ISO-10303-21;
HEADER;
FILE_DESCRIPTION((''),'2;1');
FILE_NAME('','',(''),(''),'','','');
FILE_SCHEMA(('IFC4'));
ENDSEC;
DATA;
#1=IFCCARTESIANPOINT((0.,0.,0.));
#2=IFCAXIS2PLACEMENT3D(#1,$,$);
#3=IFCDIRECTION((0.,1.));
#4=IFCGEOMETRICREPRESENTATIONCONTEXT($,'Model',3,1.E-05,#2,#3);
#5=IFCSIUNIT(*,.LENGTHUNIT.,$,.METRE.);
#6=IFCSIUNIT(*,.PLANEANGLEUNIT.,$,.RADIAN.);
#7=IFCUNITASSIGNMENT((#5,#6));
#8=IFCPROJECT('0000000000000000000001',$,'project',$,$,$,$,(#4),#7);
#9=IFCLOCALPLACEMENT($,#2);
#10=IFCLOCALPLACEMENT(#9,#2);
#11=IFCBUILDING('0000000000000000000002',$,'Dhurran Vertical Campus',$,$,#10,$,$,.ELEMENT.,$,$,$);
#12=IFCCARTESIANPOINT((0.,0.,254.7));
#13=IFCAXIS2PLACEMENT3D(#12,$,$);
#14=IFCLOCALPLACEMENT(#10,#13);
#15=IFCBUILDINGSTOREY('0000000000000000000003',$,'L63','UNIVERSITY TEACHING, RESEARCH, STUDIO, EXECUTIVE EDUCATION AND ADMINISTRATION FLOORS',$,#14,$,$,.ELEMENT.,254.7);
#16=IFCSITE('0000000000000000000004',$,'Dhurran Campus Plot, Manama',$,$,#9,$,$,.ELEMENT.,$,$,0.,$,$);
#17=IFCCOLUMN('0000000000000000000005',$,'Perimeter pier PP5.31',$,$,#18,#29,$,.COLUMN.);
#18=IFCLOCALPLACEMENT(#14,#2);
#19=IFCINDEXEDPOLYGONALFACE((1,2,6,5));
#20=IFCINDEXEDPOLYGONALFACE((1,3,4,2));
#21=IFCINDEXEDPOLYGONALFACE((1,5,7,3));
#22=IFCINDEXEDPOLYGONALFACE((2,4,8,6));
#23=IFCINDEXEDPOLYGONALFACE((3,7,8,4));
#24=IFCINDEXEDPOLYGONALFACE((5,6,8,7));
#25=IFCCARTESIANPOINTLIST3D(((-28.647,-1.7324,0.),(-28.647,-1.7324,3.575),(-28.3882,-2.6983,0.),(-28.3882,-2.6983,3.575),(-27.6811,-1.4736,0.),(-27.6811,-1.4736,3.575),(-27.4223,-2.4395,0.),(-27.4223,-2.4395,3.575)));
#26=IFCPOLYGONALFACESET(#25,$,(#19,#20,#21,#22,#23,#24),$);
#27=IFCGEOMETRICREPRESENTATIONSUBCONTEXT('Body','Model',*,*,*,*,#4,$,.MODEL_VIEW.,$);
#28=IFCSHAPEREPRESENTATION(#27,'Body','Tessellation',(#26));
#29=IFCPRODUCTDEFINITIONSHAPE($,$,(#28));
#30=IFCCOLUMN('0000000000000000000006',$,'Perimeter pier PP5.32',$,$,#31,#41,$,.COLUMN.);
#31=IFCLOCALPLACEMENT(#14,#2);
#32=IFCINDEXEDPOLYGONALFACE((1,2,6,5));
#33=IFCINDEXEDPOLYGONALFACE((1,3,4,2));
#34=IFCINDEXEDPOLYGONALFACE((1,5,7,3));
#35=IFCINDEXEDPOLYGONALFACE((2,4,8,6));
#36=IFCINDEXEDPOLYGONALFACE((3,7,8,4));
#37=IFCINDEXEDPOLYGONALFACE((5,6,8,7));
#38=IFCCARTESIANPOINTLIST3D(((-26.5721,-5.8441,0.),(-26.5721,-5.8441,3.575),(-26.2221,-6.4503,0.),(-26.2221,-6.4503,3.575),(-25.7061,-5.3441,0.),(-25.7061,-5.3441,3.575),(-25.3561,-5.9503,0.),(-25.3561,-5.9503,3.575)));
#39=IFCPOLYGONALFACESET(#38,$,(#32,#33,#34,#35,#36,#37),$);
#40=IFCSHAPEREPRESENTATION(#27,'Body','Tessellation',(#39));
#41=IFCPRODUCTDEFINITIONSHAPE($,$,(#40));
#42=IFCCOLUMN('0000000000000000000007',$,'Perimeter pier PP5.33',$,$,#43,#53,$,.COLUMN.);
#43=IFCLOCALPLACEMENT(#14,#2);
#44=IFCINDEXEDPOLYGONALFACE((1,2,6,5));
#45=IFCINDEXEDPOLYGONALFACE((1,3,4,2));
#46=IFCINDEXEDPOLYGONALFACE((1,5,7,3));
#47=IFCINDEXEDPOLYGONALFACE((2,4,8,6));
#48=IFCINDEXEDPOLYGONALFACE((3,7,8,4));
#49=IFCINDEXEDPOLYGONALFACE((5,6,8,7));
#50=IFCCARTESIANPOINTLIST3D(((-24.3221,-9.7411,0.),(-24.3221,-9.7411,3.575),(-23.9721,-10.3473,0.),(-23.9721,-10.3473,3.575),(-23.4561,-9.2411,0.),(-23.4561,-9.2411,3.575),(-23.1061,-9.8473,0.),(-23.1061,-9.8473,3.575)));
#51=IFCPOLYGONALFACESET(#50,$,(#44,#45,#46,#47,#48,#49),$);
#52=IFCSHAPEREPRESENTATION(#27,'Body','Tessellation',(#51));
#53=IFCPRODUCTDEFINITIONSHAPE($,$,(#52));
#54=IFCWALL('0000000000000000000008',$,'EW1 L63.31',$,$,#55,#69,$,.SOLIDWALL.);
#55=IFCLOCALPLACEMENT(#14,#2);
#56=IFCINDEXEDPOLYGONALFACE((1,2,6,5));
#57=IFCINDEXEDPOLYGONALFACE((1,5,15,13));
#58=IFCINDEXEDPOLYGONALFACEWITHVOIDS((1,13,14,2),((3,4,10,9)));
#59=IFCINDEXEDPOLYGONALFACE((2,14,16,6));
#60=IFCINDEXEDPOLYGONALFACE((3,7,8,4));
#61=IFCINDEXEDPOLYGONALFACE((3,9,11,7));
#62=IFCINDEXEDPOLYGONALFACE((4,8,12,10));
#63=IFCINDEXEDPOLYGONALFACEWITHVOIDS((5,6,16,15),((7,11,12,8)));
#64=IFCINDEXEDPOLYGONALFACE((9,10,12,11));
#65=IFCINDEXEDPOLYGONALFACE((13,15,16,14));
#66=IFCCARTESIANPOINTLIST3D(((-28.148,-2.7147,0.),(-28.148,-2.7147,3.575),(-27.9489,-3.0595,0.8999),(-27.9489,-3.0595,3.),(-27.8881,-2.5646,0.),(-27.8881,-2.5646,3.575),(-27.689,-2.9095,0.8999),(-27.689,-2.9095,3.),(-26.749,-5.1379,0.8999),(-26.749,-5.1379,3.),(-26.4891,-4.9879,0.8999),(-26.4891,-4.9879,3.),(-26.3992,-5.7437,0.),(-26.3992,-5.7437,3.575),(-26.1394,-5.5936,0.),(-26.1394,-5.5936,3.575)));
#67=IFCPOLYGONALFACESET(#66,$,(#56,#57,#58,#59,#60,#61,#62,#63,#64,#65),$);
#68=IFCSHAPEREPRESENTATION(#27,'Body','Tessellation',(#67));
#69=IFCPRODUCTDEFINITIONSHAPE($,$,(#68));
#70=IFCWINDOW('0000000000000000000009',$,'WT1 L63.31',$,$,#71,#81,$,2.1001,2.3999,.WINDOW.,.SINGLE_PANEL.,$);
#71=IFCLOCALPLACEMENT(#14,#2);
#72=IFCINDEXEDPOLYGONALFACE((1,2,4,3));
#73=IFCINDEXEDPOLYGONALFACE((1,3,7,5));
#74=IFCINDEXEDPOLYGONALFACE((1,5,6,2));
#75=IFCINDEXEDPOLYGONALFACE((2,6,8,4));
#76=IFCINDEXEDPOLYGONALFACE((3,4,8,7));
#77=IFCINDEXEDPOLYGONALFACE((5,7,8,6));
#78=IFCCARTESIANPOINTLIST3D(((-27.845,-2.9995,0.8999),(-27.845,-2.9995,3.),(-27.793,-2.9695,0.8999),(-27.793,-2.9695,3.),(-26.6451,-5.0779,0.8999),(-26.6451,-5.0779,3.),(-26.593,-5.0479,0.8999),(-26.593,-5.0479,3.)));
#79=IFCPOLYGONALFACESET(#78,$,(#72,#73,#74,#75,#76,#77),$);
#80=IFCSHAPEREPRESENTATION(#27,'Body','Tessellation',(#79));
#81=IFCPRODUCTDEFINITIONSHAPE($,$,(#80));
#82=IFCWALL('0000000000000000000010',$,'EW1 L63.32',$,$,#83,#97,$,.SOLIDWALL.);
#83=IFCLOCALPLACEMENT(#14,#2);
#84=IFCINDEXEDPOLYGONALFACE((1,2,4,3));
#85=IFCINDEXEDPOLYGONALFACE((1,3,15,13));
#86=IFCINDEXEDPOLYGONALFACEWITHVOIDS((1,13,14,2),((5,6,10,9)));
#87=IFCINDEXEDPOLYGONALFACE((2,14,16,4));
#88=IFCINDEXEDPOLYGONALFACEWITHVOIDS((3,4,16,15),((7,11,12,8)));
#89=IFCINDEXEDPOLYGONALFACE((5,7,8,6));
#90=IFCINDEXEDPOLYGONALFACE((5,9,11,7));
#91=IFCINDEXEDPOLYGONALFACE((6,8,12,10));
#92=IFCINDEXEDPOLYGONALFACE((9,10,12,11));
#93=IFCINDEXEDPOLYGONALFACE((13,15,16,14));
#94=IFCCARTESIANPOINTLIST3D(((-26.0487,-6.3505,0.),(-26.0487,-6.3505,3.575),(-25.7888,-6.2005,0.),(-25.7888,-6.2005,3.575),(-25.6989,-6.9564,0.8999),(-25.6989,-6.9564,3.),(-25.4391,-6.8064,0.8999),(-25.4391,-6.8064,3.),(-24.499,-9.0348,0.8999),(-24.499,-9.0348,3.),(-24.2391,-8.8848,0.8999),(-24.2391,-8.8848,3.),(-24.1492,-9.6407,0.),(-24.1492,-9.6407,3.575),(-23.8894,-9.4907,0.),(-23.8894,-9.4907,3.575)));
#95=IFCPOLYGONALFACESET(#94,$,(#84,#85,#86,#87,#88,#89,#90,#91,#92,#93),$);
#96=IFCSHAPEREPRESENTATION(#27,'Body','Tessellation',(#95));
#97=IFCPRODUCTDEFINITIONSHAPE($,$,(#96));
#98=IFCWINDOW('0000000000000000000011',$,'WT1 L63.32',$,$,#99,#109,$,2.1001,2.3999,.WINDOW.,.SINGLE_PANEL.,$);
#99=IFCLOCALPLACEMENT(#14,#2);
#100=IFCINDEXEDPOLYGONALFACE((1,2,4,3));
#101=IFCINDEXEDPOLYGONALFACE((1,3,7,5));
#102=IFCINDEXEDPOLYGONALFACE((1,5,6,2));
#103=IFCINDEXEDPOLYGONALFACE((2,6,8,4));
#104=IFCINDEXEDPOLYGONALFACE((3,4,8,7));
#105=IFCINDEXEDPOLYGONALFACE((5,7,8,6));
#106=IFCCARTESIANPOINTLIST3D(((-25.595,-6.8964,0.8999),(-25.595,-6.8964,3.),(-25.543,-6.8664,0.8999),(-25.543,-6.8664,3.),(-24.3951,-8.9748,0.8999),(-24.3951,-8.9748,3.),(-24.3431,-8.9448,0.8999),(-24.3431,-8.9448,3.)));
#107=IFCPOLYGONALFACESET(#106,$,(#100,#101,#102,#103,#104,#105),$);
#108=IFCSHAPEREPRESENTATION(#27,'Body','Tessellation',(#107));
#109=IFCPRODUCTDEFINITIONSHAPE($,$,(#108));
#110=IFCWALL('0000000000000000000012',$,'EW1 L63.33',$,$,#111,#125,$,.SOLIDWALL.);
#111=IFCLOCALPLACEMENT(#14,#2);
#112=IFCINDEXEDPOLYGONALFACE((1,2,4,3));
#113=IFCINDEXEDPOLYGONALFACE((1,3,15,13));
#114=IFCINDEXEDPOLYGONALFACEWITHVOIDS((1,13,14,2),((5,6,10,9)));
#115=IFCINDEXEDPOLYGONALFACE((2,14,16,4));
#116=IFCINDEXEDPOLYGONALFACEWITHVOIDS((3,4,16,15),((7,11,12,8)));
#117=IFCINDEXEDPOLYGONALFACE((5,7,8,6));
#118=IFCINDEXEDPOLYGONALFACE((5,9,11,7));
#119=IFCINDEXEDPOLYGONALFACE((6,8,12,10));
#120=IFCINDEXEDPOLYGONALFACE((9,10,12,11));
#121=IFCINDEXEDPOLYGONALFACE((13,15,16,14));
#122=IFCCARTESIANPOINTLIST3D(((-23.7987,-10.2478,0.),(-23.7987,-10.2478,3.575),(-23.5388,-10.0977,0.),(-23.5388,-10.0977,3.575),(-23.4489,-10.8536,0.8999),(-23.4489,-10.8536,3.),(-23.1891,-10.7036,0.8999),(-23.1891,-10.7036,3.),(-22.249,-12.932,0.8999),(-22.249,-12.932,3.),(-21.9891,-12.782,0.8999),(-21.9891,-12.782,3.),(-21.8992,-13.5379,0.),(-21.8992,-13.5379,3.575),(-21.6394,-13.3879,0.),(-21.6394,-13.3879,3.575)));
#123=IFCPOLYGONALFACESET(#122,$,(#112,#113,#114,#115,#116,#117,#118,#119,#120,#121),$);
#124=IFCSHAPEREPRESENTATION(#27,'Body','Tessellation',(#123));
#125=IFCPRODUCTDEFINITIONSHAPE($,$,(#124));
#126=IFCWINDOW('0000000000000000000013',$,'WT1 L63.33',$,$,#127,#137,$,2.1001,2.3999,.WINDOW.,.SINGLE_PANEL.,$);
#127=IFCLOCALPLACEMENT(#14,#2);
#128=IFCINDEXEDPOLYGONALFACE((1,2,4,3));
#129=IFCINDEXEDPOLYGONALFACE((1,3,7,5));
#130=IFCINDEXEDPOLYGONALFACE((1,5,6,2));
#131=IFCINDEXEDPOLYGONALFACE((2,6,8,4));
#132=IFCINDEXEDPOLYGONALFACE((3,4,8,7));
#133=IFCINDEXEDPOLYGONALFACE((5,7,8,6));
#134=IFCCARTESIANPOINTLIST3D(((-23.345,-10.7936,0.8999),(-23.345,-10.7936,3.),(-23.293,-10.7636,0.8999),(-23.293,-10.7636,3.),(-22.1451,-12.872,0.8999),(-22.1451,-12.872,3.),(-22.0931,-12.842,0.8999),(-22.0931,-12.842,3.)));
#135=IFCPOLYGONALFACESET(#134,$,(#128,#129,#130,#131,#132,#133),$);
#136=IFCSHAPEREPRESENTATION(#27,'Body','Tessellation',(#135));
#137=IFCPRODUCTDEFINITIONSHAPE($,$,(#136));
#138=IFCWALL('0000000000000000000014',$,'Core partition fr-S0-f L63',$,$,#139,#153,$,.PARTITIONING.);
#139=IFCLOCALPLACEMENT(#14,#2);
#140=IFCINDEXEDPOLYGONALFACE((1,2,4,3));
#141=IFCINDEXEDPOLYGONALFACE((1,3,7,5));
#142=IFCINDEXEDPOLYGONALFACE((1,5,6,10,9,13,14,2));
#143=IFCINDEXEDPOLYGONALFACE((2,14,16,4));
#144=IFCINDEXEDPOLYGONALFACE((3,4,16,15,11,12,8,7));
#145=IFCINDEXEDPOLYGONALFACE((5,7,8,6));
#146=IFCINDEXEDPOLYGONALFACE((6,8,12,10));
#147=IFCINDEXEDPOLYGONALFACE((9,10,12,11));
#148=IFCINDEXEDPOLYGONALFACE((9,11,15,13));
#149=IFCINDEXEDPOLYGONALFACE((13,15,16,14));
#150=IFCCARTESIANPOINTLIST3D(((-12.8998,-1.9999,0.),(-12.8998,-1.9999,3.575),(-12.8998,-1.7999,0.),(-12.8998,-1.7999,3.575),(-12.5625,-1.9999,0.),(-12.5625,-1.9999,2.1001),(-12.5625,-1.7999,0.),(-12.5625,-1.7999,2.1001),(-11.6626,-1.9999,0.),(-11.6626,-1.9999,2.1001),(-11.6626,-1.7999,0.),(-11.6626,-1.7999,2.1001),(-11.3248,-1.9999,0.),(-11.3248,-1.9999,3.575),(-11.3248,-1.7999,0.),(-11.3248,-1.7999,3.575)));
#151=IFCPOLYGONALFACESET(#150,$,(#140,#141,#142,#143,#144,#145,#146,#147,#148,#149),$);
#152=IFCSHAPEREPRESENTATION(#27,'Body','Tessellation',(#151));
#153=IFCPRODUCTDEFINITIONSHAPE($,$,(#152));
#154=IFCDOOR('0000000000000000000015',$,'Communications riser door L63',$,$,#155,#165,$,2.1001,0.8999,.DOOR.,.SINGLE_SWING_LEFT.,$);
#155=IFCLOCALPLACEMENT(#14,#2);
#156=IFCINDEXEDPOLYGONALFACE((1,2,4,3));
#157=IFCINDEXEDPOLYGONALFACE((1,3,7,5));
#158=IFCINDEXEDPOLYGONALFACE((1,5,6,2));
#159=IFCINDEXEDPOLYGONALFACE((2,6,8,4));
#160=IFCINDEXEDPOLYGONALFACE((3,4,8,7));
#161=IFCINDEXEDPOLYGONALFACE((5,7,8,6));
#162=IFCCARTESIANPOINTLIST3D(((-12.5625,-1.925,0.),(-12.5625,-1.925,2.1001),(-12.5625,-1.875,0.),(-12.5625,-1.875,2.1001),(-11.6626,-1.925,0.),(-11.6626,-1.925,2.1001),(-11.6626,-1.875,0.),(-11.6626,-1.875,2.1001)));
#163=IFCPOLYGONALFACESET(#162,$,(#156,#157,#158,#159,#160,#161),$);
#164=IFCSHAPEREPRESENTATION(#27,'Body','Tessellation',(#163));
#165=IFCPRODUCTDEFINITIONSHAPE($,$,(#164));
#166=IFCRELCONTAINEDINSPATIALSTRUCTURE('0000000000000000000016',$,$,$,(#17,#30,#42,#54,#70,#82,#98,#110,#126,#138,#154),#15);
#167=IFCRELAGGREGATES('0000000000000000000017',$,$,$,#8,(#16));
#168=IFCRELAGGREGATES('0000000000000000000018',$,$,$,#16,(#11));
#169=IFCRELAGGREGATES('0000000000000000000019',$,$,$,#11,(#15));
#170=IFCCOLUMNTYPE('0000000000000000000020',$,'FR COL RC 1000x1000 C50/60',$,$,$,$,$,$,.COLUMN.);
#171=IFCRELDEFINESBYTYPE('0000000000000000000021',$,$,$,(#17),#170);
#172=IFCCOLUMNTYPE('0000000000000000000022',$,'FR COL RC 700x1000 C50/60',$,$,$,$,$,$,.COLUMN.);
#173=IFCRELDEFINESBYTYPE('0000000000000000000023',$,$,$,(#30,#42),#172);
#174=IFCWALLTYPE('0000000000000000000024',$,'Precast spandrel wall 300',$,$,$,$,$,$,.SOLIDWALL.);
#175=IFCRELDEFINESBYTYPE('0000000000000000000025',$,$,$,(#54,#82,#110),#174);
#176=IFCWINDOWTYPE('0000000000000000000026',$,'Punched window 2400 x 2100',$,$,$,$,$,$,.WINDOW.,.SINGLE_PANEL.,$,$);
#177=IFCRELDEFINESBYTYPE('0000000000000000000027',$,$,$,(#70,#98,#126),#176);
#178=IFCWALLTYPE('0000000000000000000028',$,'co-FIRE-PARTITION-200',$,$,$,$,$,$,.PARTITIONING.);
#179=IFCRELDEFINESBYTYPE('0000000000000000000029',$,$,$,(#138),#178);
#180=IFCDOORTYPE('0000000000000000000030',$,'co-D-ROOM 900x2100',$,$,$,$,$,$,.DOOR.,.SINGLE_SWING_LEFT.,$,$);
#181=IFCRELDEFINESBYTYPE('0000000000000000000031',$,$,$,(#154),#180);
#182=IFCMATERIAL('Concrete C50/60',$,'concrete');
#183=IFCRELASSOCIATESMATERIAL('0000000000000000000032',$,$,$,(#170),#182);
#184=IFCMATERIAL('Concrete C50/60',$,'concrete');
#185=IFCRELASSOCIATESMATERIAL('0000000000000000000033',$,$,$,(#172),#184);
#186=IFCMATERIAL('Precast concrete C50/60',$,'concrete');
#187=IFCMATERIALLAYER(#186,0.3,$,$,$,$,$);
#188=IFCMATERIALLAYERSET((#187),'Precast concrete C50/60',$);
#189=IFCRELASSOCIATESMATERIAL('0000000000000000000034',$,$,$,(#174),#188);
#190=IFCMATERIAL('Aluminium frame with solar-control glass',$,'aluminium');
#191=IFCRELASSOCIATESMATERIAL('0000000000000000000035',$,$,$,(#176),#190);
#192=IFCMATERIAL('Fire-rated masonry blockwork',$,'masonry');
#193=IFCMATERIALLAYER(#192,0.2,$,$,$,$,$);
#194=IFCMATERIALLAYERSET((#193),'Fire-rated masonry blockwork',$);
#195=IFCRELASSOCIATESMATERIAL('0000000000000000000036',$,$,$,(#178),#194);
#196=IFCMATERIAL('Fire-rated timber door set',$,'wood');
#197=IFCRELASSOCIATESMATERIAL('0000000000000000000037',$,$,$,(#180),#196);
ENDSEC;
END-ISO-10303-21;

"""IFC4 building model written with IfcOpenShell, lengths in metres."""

from ifc_helpers import new_model, si_unit, direction, frame, frame_2d, origin, origin_2d, place, context, subcontext, project, spatial, rectangle, extrude, material, layer, layer_set, material_profile, profile_set, type_object, element, fill, save


model = new_model("IFC4")

# Units and contexts
model_context = context("Model", 3, precision=1e-05, world=origin(), true_north=direction((0.0, 1.0)))
body_context = subcontext(model_context, "Body", "Model", "MODEL_VIEW")
ifc_project = project(units=[si_unit("LENGTHUNIT", "METRE"), si_unit("PLANEANGLEUNIT", "RADIAN")], contexts=[model_context])

# Site, building, storey
site_placement = place(None, origin())
site = spatial("IfcSite", under=ifc_project, at=site_placement, Name="Dhurran Campus Plot, Manama", CompositionType="ELEMENT", RefElevation=0.0)
building_placement = place(site_placement, origin())
building = spatial("IfcBuilding", under=site, at=building_placement, Name="Dhurran Vertical Campus", CompositionType="ELEMENT")
storey_placement = place(building_placement, frame((0.0, 0.0, 254.7)))
storey = spatial("IfcBuildingStorey", under=building, at=storey_placement, Name="L63", Description="UNIVERSITY TEACHING, RESEARCH, STUDIO, EXECUTIVE EDUCATION AND ADMINISTRATION FLOORS", CompositionType="ELEMENT", Elevation=254.7)

# Columns
ifc_material_1 = material(Name="Concrete C50/60", Category="concrete")
ifc_material_profile_1 = material_profile(ifc_material_1, rectangle(XDim=1.0, YDim=1.0, at=origin_2d()), Name="RC 1000x1000")
ifc_profile_set_1 = profile_set([ifc_material_profile_1], Name="Concrete C50/60")
column_type_1 = type_object("IfcColumnType", Name="FR COL RC 1000x1000 C50/60", PredefinedType="COLUMN", material=ifc_profile_set_1)
column_placement = place(storey_placement, frame((-28.0347, -2.0859, 0.0), z_axis=(0.0, 0.0, 1.0), x_axis=(0.258819, -0.965926, 0.0)))
element("IfcColumn", 1, at=column_placement, inside=storey, type_object=column_type_1, Name="Perimeter pier PP5.31", PredefinedType="COLUMN", context=body_context, shape_type="SweptSolid", body=[
    extrude(rectangle(XDim=1.0, YDim=1.0, at=origin_2d()), origin(), (0.0, 0.0, 1.0), 3.575),
])
ifc_material_2 = material(Name="Concrete C50/60", Category="concrete")
ifc_material_profile_2 = material_profile(ifc_material_2, rectangle(XDim=0.7, YDim=1.0, at=origin_2d()), Name="RC 700x1000")
ifc_profile_set_2 = profile_set([ifc_material_profile_2], Name="Concrete C50/60")
column_type_2 = type_object("IfcColumnType", Name="FR COL RC 700x1000 C50/60", PredefinedType="COLUMN", material=ifc_profile_set_2)
for number, where, z_axis, x_axis, name in (
    (2, (-25.9641, -5.8972, 0.0), (0.0, 0.0, 1.0), (0.5, -0.866025, 0.0), "Perimeter pier PP5.32"),
    (3, (-23.7141, -9.7942, 0.0), (0.0, 0.0, 1.0), (0.5, -0.866025, 0.0), "Perimeter pier PP5.33"),
):
    element("IfcColumn", number, at=place(storey_placement, frame(where, z_axis=z_axis, x_axis=x_axis)), inside=storey, type_object=column_type_2, Name=name, PredefinedType="COLUMN", context=body_context, shape_type="SweptSolid", body=[
        extrude(rectangle(XDim=0.7, YDim=1.0, at=origin_2d()), origin(), (0.0, 0.0, 1.0), 3.575),
    ])

# Walls, openings, windows
ifc_material_3 = material(Name="Precast concrete C50/60", Category="concrete")
ifc_layer_1 = layer(ifc_material_3, 0.3)
ifc_layer_set_1 = layer_set([ifc_layer_1], Name="Precast concrete C50/60")
wall_type_1 = type_object("IfcWallType", Name="Precast spandrel wall 300", PredefinedType="SOLIDWALL", material=ifc_layer_set_1)
wall_1_placement = place(storey_placement, frame((-28.0181, -2.6396, 0.0), z_axis=(0.0, 0.0, 1.0), x_axis=(0.49999, -0.866031, 0.0)))
wall_1 = element("IfcWall", 4, at=wall_1_placement, inside=storey, type_object=wall_type_1, Name="EW1 L63.31", PredefinedType="SOLIDWALL", context=body_context, shape_type="SweptSolid", body=[
    extrude(rectangle(XDim=3.4976, YDim=0.3, at=frame_2d((1.7488, 0.0))), origin(), (0.0, 0.0, 1.0), 3.575),
])
opening_1_placement = place(wall_1_placement, frame((0.3982, 0.0, 0.8999)))
opening_1 = element("IfcOpeningElement", 5, at=opening_1_placement, cuts=wall_1, PredefinedType="OPENING", context=body_context, shape_type="SweptSolid", body=[
    extrude(rectangle(XDim=2.3999, YDim=2.1001, at=frame_2d((1.2, 1.05))), frame((0.0, 0.1599, 0.0), z_axis=(0.0, -1.0, 0.0), x_axis=(1.0, 0.0, 0.0)), (0.0, 0.0, 1.0), 0.3201),
])
ifc_material_4 = material(Name="Aluminium frame with solar-control glass", Category="aluminium")
window_type = type_object("IfcWindowType", Name="Punched window 2400 x 2100", PartitioningType="SINGLE_PANEL", PredefinedType="WINDOW", material=ifc_material_4)
window_1_placement = place(opening_1_placement, origin())
window_1 = element("IfcWindow", 6, at=window_1_placement, inside=storey, type_object=window_type, Name="WT1 L63.31", OverallHeight=2.1001, OverallWidth=2.3999, PartitioningType="SINGLE_PANEL", PredefinedType="WINDOW", context=body_context, shape_type="SweptSolid", body=[
    extrude(rectangle(XDim=2.3999, YDim=2.1001, at=frame_2d((1.2, 1.05))), frame((0.0, 0.03, 0.0), z_axis=(0.0, -1.0, 0.0), x_axis=(1.0, 0.0, 0.0)), (0.0, 0.0, 1.0), 0.0601),
])
fill(opening_1, window_1)
wall_2_placement = place(storey_placement, frame((-25.9187, -6.2756, 0.0), z_axis=(0.0, 0.0, 1.0), x_axis=(0.499982, -0.866036, 0.0)))
wall_2 = element("IfcWall", 7, at=wall_2_placement, inside=storey, type_object=wall_type_1, Name="EW1 L63.32", PredefinedType="SOLIDWALL", context=body_context, shape_type="SweptSolid", body=[
    extrude(rectangle(XDim=3.7991, YDim=0.3, at=frame_2d((1.8994, 0.0))), origin(), (0.0, 0.0, 1.0), 3.575),
])
opening_2_placement = place(wall_2_placement, frame((0.6995, 0.0, 0.8999)))
opening_2 = element("IfcOpeningElement", 8, at=opening_2_placement, cuts=wall_2, PredefinedType="OPENING", context=body_context, shape_type="SweptSolid", body=[
    extrude(rectangle(XDim=2.3999, YDim=2.1001, at=frame_2d((1.2, 1.05))), frame((0.0, 0.1599, 0.0), z_axis=(0.0, -1.0, 0.0), x_axis=(1.0, 0.0, 0.0)), (0.0, 0.0, 1.0), 0.3201),
])
window_2_placement = place(opening_2_placement, origin())
window_2 = element("IfcWindow", 9, at=window_2_placement, inside=storey, type_object=window_type, Name="WT1 L63.32", OverallHeight=2.1001, OverallWidth=2.3999, PartitioningType="SINGLE_PANEL", PredefinedType="WINDOW", context=body_context, shape_type="SweptSolid", body=[
    extrude(rectangle(XDim=2.3999, YDim=2.1001, at=frame_2d((1.2, 1.05))), frame((0.0, 0.03, 0.0), z_axis=(0.0, -1.0, 0.0), x_axis=(1.0, 0.0, 0.0)), (0.0, 0.0, 1.0), 0.0601),
])
fill(opening_2, window_2)
wall_3_placement = place(storey_placement, frame((-23.6687, -10.1729, 0.0), z_axis=(0.0, 0.0, 1.0), x_axis=(0.499982, -0.866036, 0.0)))
wall_3 = element("IfcWall", 10, at=wall_3_placement, inside=storey, type_object=wall_type_1, Name="EW1 L63.33", PredefinedType="SOLIDWALL", context=body_context, shape_type="SweptSolid", body=[
    extrude(rectangle(XDim=3.7991, YDim=0.3, at=frame_2d((1.8994, 0.0))), origin(), (0.0, 0.0, 1.0), 3.575),
])
opening_3_placement = place(wall_3_placement, frame((0.6995, 0.0, 0.8999)))
opening_3 = element("IfcOpeningElement", 11, at=opening_3_placement, cuts=wall_3, PredefinedType="OPENING", context=body_context, shape_type="SweptSolid", body=[
    extrude(rectangle(XDim=2.3999, YDim=2.1001, at=frame_2d((1.2, 1.05))), frame((0.0, 0.1599, 0.0), z_axis=(0.0, -1.0, 0.0), x_axis=(1.0, 0.0, 0.0)), (0.0, 0.0, 1.0), 0.3201),
])
window_3_placement = place(opening_3_placement, origin())
window_3 = element("IfcWindow", 12, at=window_3_placement, inside=storey, type_object=window_type, Name="WT1 L63.33", OverallHeight=2.1001, OverallWidth=2.3999, PartitioningType="SINGLE_PANEL", PredefinedType="WINDOW", context=body_context, shape_type="SweptSolid", body=[
    extrude(rectangle(XDim=2.3999, YDim=2.1001, at=frame_2d((1.2, 1.05))), frame((0.0, 0.03, 0.0), z_axis=(0.0, -1.0, 0.0), x_axis=(1.0, 0.0, 0.0)), (0.0, 0.0, 1.0), 0.0601),
])
fill(opening_3, window_3)

# Wall, opening, door
ifc_material_5 = material(Name="Fire-rated masonry blockwork", Category="masonry")
ifc_layer_2 = layer(ifc_material_5, 0.2)
ifc_layer_set_2 = layer_set([ifc_layer_2], Name="Fire-rated masonry blockwork")
wall_type_2 = type_object("IfcWallType", Name="co-FIRE-PARTITION-200", PredefinedType="PARTITIONING", material=ifc_layer_set_2)
wall_4_placement = place(storey_placement, frame((-12.8999, -1.8999, 0.0), z_axis=(0.0, 0.0, 1.0), x_axis=(1.0, 0.0, 0.0)))
wall_4 = element("IfcWall", 13, at=wall_4_placement, inside=storey, type_object=wall_type_2, Name="Core partition fr-S0-f L63", PredefinedType="PARTITIONING", context=body_context, shape_type="SweptSolid", body=[
    extrude(rectangle(XDim=1.575, YDim=0.2, at=frame_2d((0.7876, 0.0))), origin(), (0.0, 0.0, 1.0), 3.575),
])
opening_4_placement = place(wall_4_placement, frame((0.3374, 0.0, 0.0)))
opening_4 = element("IfcOpeningElement", 14, at=opening_4_placement, cuts=wall_4, PredefinedType="OPENING", context=body_context, shape_type="SweptSolid", body=[
    extrude(rectangle(XDim=0.8999, YDim=2.1001, at=frame_2d((0.45, 1.05))), frame((0.0, 0.1099, 0.0), z_axis=(0.0, -1.0, 0.0), x_axis=(1.0, 0.0, 0.0)), (0.0, 0.0, 1.0), 0.22),
])
ifc_material_6 = material(Name="Fire-rated timber door set", Category="wood")
door_type_1 = type_object("IfcDoorType", Name="co-D-ROOM 900x2100", OperationType="SINGLE_SWING_LEFT", PredefinedType="DOOR", material=ifc_material_6)
door_1_placement = place(opening_4_placement, origin())
door_1 = element("IfcDoor", 15, at=door_1_placement, inside=storey, type_object=door_type_1, Name="Communications riser door L63", OperationType="SINGLE_SWING_LEFT", OverallHeight=2.1001, OverallWidth=0.8999, PredefinedType="DOOR", context=body_context, shape_type="SweptSolid", body=[
    extrude(rectangle(XDim=0.8999, YDim=2.1001, at=frame_2d((0.45, 1.05))), frame((0.0, 0.0249, 0.0), z_axis=(0.0, -1.0, 0.0), x_axis=(1.0, 0.0, 0.0)), (0.0, 0.0, 1.0), 0.05),
])
fill(opening_4, door_1)

save(model, "model.ifc")
